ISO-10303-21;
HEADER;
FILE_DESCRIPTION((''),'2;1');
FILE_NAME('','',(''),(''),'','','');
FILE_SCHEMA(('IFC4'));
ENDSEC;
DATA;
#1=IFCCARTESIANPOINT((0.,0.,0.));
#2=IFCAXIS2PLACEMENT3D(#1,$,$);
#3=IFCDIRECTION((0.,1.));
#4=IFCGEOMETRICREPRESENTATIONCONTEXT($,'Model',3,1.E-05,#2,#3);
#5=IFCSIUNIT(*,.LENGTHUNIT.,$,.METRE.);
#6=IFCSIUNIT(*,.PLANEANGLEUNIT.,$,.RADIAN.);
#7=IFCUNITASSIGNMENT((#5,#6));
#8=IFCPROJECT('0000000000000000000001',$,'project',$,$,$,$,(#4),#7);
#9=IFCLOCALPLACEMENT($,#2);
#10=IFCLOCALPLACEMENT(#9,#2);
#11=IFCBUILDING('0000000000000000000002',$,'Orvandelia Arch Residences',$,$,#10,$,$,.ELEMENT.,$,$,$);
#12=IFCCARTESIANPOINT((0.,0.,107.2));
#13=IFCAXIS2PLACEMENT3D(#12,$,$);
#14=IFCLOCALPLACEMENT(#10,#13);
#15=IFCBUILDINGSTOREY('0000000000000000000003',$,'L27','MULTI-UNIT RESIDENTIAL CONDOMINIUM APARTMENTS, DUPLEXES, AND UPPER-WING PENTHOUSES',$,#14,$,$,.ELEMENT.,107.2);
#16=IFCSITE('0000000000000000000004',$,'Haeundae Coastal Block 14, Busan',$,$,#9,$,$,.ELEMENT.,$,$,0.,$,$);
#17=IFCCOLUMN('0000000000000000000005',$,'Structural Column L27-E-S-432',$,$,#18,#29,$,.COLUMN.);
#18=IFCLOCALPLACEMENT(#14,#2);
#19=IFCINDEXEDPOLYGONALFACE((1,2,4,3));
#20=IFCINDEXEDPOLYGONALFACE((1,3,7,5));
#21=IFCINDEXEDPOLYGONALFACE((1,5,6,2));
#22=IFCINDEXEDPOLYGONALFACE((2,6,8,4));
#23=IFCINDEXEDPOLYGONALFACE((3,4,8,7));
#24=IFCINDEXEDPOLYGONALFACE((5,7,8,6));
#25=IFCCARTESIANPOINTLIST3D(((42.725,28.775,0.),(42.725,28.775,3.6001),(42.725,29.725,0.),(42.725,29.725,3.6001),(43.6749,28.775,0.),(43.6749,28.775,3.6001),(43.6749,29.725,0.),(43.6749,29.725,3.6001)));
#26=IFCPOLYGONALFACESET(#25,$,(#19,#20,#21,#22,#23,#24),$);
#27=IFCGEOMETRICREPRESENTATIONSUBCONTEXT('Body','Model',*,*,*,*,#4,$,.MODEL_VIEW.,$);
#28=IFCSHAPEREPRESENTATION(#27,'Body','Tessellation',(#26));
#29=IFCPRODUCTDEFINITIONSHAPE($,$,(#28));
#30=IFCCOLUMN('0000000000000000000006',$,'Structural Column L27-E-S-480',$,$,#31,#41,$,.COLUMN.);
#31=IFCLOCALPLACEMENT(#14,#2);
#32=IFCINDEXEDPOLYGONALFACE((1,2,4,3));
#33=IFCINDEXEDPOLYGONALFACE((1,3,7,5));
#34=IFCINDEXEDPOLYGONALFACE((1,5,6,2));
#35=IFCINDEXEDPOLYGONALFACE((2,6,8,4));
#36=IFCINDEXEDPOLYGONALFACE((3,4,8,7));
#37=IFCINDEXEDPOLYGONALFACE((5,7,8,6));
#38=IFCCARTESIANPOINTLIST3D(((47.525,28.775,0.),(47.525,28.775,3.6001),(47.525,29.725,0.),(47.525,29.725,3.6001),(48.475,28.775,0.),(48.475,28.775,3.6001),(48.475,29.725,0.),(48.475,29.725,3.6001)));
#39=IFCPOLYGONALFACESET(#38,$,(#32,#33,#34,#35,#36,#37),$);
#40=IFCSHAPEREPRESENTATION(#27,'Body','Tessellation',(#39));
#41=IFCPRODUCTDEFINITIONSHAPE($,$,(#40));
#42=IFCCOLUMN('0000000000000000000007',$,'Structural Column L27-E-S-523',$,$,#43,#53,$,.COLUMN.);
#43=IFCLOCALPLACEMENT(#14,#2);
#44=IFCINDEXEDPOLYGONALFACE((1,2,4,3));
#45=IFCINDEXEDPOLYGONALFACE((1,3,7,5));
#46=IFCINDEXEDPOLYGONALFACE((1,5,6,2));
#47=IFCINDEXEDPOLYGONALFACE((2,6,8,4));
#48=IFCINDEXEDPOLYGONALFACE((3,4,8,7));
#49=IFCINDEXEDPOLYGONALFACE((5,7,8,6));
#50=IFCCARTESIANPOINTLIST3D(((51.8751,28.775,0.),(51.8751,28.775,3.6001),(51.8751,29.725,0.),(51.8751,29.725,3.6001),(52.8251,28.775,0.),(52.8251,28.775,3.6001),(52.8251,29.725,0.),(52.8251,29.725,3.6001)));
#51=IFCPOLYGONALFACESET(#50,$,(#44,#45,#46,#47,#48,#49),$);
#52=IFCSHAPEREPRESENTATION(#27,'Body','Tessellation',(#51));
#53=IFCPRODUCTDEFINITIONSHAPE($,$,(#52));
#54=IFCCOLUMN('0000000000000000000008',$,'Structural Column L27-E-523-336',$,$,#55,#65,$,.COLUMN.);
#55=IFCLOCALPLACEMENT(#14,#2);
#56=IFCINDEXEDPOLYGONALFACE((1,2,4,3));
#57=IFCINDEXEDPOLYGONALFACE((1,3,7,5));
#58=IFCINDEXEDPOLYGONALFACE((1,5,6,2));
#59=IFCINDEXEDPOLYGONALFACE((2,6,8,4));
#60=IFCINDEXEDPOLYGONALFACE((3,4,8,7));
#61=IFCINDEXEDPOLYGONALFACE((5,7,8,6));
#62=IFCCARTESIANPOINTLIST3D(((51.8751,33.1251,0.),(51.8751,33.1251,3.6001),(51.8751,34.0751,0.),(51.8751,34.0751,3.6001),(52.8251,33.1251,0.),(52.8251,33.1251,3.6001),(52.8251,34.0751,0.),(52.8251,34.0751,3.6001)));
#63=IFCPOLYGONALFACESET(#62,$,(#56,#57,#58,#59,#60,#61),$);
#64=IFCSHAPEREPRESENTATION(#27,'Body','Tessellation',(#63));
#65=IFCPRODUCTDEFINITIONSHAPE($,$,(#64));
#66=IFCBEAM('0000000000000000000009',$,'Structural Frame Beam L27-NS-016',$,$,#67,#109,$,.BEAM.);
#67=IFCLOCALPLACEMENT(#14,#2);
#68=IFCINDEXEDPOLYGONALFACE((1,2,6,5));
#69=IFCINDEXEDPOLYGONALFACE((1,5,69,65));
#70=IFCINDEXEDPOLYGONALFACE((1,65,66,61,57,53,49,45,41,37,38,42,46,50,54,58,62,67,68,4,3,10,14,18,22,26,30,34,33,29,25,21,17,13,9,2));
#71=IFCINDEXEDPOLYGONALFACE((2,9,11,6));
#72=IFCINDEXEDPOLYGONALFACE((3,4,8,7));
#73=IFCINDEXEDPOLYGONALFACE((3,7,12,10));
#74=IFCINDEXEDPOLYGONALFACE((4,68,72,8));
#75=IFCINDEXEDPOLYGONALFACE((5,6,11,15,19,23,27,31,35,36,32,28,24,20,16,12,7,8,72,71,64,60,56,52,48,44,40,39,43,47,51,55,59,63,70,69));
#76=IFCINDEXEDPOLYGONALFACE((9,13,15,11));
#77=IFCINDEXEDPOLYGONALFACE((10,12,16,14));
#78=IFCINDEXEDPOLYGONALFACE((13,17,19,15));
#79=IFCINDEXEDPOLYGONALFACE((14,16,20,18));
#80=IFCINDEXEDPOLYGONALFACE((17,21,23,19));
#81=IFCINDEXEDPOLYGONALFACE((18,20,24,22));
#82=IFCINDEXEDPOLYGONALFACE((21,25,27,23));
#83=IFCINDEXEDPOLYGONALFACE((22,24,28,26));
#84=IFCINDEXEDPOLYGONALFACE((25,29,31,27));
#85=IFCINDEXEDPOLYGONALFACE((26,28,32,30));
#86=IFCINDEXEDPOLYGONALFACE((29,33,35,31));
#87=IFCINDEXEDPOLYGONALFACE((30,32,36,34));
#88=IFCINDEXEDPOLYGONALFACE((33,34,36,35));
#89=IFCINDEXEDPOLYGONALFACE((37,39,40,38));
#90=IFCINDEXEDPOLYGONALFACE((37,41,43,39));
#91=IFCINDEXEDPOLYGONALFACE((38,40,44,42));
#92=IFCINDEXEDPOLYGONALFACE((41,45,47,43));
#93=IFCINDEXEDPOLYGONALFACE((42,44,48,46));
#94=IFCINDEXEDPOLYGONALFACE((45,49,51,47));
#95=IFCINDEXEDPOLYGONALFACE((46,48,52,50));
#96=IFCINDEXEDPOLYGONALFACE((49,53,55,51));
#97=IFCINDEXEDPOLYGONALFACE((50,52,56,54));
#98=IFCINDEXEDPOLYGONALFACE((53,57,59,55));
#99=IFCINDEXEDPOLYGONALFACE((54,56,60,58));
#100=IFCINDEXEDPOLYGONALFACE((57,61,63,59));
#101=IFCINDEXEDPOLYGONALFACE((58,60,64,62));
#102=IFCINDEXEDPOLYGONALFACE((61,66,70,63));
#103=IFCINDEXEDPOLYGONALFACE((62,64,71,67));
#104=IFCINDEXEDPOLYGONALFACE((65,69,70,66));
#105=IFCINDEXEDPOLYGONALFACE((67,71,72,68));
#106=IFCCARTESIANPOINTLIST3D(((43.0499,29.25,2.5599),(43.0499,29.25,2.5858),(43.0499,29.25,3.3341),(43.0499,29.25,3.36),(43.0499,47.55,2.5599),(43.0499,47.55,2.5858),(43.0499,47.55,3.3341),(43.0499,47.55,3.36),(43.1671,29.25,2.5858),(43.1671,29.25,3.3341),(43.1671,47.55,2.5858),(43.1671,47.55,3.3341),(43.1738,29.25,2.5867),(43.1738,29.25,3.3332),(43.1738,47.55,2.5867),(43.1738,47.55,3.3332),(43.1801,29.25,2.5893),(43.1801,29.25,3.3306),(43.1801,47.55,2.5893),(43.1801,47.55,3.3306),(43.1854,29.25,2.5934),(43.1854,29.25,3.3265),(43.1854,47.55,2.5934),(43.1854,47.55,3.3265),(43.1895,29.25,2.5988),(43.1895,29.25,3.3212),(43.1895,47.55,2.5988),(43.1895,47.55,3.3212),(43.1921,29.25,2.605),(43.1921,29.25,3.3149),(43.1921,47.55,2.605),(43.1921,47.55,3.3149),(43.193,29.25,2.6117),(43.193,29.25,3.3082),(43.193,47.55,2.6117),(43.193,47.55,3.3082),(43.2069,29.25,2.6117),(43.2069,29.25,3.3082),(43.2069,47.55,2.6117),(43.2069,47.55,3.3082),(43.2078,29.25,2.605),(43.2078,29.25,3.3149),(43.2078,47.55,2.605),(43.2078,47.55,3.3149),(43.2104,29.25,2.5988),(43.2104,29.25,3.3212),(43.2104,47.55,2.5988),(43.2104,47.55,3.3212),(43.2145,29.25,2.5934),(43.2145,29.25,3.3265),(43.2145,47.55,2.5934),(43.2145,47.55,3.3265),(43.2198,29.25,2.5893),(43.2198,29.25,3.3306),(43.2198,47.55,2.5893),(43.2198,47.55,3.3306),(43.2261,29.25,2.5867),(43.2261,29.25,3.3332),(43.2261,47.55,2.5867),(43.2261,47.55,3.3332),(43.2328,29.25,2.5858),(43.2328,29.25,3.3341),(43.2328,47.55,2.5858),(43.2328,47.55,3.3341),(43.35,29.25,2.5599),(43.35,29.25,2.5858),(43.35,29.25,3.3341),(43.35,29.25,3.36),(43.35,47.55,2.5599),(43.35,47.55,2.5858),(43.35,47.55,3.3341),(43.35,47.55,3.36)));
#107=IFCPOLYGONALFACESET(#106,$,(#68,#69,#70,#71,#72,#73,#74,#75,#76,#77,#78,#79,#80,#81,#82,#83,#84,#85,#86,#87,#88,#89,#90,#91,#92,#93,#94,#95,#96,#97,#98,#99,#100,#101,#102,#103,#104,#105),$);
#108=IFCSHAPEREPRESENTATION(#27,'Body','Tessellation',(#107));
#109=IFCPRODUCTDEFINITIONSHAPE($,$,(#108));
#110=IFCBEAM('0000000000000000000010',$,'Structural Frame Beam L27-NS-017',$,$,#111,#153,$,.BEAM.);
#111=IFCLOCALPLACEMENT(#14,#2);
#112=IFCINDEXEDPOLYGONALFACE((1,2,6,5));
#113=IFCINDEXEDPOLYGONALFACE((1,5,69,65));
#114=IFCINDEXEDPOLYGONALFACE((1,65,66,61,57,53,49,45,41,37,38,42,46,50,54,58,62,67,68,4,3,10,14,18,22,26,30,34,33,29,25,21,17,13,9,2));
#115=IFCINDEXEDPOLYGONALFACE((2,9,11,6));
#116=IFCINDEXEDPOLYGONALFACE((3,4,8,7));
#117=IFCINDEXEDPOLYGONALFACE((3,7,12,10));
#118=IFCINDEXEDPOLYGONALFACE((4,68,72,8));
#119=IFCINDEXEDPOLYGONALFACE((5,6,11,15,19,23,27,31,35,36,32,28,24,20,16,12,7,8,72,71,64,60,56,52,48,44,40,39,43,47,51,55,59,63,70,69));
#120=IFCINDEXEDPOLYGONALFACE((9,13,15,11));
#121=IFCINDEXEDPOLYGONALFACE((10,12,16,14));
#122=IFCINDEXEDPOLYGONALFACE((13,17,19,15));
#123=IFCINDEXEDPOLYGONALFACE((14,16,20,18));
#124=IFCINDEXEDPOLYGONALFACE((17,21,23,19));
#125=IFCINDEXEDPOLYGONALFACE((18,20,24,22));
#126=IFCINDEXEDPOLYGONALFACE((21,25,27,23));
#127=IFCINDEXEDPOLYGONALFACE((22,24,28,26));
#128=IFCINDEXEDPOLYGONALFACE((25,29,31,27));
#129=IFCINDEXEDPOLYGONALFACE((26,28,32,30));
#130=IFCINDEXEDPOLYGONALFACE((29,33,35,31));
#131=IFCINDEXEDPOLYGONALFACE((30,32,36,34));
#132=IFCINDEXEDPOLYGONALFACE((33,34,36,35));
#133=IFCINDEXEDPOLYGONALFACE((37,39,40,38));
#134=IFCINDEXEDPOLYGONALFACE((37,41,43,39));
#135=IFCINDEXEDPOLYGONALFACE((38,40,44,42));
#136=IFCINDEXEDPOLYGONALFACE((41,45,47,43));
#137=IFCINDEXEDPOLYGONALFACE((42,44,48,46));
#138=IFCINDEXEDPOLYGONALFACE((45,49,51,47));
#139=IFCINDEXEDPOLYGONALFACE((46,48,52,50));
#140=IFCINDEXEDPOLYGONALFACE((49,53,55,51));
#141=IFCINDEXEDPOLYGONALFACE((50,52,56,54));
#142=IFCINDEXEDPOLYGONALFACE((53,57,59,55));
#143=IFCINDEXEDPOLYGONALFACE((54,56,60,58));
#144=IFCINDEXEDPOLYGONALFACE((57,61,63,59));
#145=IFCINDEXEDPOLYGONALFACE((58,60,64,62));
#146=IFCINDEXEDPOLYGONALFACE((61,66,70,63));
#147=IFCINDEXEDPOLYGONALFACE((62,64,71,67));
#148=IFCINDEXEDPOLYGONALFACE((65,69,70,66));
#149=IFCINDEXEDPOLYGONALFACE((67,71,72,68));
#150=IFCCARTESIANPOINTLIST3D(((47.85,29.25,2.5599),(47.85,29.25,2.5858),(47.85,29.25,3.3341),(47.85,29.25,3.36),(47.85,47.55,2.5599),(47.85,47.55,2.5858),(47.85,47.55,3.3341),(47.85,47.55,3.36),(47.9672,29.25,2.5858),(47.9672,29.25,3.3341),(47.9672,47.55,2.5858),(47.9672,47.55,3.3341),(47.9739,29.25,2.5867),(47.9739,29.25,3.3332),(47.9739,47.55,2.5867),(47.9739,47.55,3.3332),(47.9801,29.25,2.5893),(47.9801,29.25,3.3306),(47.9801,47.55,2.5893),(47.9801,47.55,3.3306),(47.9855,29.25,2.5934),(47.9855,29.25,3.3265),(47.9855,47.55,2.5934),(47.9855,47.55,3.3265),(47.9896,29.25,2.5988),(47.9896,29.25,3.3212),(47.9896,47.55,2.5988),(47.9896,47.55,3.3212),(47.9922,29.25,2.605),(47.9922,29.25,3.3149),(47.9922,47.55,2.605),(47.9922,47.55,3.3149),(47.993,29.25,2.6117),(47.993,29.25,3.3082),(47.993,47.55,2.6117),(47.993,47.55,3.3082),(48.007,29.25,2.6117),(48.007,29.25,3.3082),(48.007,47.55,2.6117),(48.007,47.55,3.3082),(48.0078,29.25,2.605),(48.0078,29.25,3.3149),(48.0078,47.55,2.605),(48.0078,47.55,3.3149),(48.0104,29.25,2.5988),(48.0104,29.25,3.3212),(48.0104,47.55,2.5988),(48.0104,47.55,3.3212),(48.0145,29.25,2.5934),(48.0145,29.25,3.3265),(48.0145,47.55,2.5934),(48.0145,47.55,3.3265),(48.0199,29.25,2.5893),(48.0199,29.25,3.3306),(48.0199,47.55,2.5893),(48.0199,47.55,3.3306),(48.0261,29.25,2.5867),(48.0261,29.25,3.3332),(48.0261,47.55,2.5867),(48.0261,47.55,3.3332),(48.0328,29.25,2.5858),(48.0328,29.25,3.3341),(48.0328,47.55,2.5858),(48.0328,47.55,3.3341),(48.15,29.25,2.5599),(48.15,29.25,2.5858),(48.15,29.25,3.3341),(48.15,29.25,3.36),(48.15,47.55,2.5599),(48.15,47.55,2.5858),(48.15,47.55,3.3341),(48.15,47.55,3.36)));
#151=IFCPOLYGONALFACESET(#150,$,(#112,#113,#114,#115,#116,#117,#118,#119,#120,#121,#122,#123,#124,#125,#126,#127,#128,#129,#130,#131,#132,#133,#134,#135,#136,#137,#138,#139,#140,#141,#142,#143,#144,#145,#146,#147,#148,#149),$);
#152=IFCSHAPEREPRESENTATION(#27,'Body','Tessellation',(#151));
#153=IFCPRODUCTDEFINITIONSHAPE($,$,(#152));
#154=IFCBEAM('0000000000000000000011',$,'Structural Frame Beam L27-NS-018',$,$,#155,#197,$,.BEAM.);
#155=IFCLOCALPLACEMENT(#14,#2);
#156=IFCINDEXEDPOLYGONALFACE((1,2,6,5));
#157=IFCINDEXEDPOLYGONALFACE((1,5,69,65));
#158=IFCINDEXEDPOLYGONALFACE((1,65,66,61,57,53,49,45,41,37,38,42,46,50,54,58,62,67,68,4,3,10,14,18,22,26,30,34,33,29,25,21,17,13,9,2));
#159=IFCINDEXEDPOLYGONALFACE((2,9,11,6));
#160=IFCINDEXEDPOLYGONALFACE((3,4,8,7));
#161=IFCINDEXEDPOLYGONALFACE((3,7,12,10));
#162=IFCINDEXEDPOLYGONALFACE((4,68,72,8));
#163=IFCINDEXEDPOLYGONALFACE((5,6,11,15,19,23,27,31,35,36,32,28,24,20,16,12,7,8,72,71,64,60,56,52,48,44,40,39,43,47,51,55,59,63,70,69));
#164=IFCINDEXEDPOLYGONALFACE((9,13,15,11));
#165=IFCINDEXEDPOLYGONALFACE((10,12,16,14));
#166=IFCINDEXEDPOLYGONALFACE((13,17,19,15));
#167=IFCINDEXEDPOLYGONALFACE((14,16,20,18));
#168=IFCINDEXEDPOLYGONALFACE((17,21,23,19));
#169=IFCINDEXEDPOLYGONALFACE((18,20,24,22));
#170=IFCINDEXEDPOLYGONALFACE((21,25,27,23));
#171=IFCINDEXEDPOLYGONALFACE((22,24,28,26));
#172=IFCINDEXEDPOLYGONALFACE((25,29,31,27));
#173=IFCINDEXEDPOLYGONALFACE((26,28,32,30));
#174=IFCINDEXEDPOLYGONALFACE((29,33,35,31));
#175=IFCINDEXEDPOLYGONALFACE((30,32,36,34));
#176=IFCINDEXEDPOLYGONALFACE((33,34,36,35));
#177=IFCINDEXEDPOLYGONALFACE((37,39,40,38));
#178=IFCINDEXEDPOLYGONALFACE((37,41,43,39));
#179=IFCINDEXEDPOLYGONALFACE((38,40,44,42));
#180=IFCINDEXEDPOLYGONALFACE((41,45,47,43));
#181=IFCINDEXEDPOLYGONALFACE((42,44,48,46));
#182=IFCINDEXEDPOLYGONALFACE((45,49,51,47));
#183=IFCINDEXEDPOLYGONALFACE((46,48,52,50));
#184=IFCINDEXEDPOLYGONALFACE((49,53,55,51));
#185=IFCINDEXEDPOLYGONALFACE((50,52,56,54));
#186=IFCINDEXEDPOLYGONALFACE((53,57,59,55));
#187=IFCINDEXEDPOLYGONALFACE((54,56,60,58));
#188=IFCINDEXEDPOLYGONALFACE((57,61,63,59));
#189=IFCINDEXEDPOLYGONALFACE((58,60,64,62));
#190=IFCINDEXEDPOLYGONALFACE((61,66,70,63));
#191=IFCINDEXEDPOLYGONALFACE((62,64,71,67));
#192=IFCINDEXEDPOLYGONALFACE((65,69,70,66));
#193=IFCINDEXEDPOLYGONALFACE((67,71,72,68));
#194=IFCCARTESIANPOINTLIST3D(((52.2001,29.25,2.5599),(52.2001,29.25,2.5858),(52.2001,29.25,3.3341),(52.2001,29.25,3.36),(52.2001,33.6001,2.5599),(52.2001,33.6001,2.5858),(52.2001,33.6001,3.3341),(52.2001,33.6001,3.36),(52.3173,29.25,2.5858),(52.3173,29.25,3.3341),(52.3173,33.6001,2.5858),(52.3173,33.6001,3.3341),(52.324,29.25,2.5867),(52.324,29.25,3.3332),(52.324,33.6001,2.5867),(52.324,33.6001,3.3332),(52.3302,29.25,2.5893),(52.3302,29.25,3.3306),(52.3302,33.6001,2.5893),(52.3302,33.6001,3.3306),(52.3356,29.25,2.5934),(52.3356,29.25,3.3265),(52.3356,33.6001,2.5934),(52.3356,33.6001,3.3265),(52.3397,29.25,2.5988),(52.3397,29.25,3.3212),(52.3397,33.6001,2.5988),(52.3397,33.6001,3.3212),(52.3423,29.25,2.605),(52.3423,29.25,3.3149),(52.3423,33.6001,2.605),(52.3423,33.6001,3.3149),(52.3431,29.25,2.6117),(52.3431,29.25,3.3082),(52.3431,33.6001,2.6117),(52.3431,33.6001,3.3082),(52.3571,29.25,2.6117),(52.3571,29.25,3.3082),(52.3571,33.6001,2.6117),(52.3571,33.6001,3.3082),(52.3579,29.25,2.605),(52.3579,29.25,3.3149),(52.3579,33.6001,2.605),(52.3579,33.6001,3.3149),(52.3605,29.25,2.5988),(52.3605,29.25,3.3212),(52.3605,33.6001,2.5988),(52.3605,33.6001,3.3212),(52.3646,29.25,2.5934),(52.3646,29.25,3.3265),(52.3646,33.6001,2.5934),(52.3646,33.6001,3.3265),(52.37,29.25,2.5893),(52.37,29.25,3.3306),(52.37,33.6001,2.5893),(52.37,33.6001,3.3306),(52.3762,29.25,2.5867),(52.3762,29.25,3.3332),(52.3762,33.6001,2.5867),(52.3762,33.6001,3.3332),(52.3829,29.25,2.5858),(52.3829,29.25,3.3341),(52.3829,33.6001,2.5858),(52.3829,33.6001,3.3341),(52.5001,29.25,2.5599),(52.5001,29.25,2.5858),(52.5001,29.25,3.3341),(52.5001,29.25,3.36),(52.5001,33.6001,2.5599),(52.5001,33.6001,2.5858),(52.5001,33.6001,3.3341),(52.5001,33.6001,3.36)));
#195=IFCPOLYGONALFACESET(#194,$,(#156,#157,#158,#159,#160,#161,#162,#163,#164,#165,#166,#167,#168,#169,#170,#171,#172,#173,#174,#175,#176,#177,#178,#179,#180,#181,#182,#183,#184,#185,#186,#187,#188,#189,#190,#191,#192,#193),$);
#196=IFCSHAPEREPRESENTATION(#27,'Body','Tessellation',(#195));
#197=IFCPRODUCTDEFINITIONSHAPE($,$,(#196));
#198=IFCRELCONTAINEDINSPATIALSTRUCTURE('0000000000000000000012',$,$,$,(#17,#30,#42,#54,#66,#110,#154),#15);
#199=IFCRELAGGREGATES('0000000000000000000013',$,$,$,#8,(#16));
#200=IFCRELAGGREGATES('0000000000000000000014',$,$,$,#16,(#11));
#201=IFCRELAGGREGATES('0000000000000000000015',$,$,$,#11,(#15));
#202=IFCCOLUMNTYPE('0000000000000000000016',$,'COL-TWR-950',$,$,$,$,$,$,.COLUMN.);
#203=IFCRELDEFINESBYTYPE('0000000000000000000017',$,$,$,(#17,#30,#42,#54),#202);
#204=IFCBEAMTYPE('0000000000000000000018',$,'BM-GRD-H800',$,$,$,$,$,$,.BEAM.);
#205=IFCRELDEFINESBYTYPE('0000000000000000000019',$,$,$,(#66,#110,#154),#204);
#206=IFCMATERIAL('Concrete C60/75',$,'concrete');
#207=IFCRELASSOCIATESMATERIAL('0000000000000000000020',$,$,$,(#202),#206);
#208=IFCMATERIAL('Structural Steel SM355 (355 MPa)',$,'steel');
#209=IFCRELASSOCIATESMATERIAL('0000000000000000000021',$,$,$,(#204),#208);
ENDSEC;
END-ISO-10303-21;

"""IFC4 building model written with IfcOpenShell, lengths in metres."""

from ifc_helpers import new_model, si_unit, direction, frame, origin, origin_2d, place, context, subcontext, project, spatial, rectangle, i_section, extrude, material, material_profile, profile_set, type_object, element, save


model = new_model("IFC4")

# Units and contexts
model_context = context("Model", 3, precision=1e-05, world=origin(), true_north=direction((0.0, 1.0)))
body_context = subcontext(model_context, "Body", "Model", "MODEL_VIEW")
ifc_project = project(units=[si_unit("LENGTHUNIT", "METRE"), si_unit("PLANEANGLEUNIT", "RADIAN")], contexts=[model_context])

# Site, building, storey
site_placement = place(None, origin())
site = spatial("IfcSite", under=ifc_project, at=site_placement, Name="Haeundae Coastal Block 14, Busan", CompositionType="ELEMENT", RefElevation=0.0)
building_placement = place(site_placement, origin())
building = spatial("IfcBuilding", under=site, at=building_placement, Name="Orvandelia Arch Residences", CompositionType="ELEMENT")
storey_placement = place(building_placement, frame((0.0, 0.0, 107.2)))
storey = spatial("IfcBuildingStorey", under=building, at=storey_placement, Name="L27", Description="MULTI-UNIT RESIDENTIAL CONDOMINIUM APARTMENTS, DUPLEXES, AND UPPER-WING PENTHOUSES", CompositionType="ELEMENT", Elevation=107.2)

# Columns
ifc_material_1 = material(Name="Concrete C60/75", Category="concrete")
ifc_material_profile_1 = material_profile(ifc_material_1, rectangle(XDim=0.95, YDim=0.95, at=origin_2d()), Name="Concrete C60/75", Category="concrete")
ifc_profile_set_1 = profile_set([ifc_material_profile_1], Name="Concrete C60/75")
column_type = type_object("IfcColumnType", Name="COL-TWR-950", PredefinedType="COLUMN", material=ifc_profile_set_1)
for number, where, z_axis, x_axis, name in (
    (1, (43.2, 29.25, 0.0), (0.0, 0.0, 1.0), (1.0, 0.0, 0.0), "Structural Column L27-E-S-432"),
    (2, (48.0, 29.25, 0.0), (0.0, 0.0, 1.0), (1.0, 0.0, 0.0), "Structural Column L27-E-S-480"),
    (3, (52.3501, 29.25, 0.0), (0.0, 0.0, 1.0), (1.0, 0.0, 0.0), "Structural Column L27-E-S-523"),
    (4, (52.3501, 33.6001, 0.0), (0.0, 0.0, 1.0), (1.0, 0.0, 0.0), "Structural Column L27-E-523-336"),
):
    element("IfcColumn", number, at=place(storey_placement, frame(where, z_axis=z_axis, x_axis=x_axis)), inside=storey, type_object=column_type, Name=name, PredefinedType="COLUMN", context=body_context, shape_type="SweptSolid", body=[
        extrude(rectangle(XDim=0.95, YDim=0.95, at=origin_2d()), origin(), (0.0, 0.0, 1.0), 3.6001),
    ])

# Beams
ifc_material_2 = material(Name="Structural Steel SM355 (355 MPa)", Category="steel")
ifc_material_profile_2 = material_profile(ifc_material_2, i_section(OverallWidth=0.3, OverallDepth=0.8, WebThickness=0.0139, FlangeThickness=0.0259, FilletRadius=0.0259, at=origin_2d()), Name="Structural Steel SM355 (355 MPa)", Category="steel")
ifc_profile_set_2 = profile_set([ifc_material_profile_2], Name="Structural Steel SM355 (355 MPa)")
beam_type = type_object("IfcBeamType", Name="BM-GRD-H800", PredefinedType="BEAM", material=ifc_profile_set_2)
for number, where, z_axis, x_axis, name in (
    (5, (43.2, 29.25, 2.96), (0.0, 1.0, 0.0), (-1.0, 0.0, 0.0), "Structural Frame Beam L27-NS-016"),
    (6, (48.0, 29.25, 2.96), (0.0, 1.0, 0.0), (-1.0, 0.0, 0.0), "Structural Frame Beam L27-NS-017"),
):
    element("IfcBeam", number, at=place(storey_placement, frame(where, z_axis=z_axis, x_axis=x_axis)), inside=storey, type_object=beam_type, Name=name, PredefinedType="BEAM", context=body_context, shape_type="SweptSolid", body=[
        extrude(i_section(OverallWidth=0.3, OverallDepth=0.8, WebThickness=0.0139, FlangeThickness=0.0259, FilletRadius=0.0259, at=origin_2d()), origin(), (0.0, 0.0, 1.0), 18.3),
    ])
beam_1_placement = place(storey_placement, frame((52.3501, 29.25, 2.96), z_axis=(0.0, 1.0, 0.0), x_axis=(-1.0, 0.0, 0.0)))
element("IfcBeam", 7, at=beam_1_placement, inside=storey, type_object=beam_type, Name="Structural Frame Beam L27-NS-018", PredefinedType="BEAM", context=body_context, shape_type="SweptSolid", body=[
    extrude(i_section(OverallWidth=0.3, OverallDepth=0.8, WebThickness=0.0139, FlangeThickness=0.0259, FilletRadius=0.0259, at=origin_2d()), origin(), (0.0, 0.0, 1.0), 4.3501),
])

save(model, "model.ifc")
